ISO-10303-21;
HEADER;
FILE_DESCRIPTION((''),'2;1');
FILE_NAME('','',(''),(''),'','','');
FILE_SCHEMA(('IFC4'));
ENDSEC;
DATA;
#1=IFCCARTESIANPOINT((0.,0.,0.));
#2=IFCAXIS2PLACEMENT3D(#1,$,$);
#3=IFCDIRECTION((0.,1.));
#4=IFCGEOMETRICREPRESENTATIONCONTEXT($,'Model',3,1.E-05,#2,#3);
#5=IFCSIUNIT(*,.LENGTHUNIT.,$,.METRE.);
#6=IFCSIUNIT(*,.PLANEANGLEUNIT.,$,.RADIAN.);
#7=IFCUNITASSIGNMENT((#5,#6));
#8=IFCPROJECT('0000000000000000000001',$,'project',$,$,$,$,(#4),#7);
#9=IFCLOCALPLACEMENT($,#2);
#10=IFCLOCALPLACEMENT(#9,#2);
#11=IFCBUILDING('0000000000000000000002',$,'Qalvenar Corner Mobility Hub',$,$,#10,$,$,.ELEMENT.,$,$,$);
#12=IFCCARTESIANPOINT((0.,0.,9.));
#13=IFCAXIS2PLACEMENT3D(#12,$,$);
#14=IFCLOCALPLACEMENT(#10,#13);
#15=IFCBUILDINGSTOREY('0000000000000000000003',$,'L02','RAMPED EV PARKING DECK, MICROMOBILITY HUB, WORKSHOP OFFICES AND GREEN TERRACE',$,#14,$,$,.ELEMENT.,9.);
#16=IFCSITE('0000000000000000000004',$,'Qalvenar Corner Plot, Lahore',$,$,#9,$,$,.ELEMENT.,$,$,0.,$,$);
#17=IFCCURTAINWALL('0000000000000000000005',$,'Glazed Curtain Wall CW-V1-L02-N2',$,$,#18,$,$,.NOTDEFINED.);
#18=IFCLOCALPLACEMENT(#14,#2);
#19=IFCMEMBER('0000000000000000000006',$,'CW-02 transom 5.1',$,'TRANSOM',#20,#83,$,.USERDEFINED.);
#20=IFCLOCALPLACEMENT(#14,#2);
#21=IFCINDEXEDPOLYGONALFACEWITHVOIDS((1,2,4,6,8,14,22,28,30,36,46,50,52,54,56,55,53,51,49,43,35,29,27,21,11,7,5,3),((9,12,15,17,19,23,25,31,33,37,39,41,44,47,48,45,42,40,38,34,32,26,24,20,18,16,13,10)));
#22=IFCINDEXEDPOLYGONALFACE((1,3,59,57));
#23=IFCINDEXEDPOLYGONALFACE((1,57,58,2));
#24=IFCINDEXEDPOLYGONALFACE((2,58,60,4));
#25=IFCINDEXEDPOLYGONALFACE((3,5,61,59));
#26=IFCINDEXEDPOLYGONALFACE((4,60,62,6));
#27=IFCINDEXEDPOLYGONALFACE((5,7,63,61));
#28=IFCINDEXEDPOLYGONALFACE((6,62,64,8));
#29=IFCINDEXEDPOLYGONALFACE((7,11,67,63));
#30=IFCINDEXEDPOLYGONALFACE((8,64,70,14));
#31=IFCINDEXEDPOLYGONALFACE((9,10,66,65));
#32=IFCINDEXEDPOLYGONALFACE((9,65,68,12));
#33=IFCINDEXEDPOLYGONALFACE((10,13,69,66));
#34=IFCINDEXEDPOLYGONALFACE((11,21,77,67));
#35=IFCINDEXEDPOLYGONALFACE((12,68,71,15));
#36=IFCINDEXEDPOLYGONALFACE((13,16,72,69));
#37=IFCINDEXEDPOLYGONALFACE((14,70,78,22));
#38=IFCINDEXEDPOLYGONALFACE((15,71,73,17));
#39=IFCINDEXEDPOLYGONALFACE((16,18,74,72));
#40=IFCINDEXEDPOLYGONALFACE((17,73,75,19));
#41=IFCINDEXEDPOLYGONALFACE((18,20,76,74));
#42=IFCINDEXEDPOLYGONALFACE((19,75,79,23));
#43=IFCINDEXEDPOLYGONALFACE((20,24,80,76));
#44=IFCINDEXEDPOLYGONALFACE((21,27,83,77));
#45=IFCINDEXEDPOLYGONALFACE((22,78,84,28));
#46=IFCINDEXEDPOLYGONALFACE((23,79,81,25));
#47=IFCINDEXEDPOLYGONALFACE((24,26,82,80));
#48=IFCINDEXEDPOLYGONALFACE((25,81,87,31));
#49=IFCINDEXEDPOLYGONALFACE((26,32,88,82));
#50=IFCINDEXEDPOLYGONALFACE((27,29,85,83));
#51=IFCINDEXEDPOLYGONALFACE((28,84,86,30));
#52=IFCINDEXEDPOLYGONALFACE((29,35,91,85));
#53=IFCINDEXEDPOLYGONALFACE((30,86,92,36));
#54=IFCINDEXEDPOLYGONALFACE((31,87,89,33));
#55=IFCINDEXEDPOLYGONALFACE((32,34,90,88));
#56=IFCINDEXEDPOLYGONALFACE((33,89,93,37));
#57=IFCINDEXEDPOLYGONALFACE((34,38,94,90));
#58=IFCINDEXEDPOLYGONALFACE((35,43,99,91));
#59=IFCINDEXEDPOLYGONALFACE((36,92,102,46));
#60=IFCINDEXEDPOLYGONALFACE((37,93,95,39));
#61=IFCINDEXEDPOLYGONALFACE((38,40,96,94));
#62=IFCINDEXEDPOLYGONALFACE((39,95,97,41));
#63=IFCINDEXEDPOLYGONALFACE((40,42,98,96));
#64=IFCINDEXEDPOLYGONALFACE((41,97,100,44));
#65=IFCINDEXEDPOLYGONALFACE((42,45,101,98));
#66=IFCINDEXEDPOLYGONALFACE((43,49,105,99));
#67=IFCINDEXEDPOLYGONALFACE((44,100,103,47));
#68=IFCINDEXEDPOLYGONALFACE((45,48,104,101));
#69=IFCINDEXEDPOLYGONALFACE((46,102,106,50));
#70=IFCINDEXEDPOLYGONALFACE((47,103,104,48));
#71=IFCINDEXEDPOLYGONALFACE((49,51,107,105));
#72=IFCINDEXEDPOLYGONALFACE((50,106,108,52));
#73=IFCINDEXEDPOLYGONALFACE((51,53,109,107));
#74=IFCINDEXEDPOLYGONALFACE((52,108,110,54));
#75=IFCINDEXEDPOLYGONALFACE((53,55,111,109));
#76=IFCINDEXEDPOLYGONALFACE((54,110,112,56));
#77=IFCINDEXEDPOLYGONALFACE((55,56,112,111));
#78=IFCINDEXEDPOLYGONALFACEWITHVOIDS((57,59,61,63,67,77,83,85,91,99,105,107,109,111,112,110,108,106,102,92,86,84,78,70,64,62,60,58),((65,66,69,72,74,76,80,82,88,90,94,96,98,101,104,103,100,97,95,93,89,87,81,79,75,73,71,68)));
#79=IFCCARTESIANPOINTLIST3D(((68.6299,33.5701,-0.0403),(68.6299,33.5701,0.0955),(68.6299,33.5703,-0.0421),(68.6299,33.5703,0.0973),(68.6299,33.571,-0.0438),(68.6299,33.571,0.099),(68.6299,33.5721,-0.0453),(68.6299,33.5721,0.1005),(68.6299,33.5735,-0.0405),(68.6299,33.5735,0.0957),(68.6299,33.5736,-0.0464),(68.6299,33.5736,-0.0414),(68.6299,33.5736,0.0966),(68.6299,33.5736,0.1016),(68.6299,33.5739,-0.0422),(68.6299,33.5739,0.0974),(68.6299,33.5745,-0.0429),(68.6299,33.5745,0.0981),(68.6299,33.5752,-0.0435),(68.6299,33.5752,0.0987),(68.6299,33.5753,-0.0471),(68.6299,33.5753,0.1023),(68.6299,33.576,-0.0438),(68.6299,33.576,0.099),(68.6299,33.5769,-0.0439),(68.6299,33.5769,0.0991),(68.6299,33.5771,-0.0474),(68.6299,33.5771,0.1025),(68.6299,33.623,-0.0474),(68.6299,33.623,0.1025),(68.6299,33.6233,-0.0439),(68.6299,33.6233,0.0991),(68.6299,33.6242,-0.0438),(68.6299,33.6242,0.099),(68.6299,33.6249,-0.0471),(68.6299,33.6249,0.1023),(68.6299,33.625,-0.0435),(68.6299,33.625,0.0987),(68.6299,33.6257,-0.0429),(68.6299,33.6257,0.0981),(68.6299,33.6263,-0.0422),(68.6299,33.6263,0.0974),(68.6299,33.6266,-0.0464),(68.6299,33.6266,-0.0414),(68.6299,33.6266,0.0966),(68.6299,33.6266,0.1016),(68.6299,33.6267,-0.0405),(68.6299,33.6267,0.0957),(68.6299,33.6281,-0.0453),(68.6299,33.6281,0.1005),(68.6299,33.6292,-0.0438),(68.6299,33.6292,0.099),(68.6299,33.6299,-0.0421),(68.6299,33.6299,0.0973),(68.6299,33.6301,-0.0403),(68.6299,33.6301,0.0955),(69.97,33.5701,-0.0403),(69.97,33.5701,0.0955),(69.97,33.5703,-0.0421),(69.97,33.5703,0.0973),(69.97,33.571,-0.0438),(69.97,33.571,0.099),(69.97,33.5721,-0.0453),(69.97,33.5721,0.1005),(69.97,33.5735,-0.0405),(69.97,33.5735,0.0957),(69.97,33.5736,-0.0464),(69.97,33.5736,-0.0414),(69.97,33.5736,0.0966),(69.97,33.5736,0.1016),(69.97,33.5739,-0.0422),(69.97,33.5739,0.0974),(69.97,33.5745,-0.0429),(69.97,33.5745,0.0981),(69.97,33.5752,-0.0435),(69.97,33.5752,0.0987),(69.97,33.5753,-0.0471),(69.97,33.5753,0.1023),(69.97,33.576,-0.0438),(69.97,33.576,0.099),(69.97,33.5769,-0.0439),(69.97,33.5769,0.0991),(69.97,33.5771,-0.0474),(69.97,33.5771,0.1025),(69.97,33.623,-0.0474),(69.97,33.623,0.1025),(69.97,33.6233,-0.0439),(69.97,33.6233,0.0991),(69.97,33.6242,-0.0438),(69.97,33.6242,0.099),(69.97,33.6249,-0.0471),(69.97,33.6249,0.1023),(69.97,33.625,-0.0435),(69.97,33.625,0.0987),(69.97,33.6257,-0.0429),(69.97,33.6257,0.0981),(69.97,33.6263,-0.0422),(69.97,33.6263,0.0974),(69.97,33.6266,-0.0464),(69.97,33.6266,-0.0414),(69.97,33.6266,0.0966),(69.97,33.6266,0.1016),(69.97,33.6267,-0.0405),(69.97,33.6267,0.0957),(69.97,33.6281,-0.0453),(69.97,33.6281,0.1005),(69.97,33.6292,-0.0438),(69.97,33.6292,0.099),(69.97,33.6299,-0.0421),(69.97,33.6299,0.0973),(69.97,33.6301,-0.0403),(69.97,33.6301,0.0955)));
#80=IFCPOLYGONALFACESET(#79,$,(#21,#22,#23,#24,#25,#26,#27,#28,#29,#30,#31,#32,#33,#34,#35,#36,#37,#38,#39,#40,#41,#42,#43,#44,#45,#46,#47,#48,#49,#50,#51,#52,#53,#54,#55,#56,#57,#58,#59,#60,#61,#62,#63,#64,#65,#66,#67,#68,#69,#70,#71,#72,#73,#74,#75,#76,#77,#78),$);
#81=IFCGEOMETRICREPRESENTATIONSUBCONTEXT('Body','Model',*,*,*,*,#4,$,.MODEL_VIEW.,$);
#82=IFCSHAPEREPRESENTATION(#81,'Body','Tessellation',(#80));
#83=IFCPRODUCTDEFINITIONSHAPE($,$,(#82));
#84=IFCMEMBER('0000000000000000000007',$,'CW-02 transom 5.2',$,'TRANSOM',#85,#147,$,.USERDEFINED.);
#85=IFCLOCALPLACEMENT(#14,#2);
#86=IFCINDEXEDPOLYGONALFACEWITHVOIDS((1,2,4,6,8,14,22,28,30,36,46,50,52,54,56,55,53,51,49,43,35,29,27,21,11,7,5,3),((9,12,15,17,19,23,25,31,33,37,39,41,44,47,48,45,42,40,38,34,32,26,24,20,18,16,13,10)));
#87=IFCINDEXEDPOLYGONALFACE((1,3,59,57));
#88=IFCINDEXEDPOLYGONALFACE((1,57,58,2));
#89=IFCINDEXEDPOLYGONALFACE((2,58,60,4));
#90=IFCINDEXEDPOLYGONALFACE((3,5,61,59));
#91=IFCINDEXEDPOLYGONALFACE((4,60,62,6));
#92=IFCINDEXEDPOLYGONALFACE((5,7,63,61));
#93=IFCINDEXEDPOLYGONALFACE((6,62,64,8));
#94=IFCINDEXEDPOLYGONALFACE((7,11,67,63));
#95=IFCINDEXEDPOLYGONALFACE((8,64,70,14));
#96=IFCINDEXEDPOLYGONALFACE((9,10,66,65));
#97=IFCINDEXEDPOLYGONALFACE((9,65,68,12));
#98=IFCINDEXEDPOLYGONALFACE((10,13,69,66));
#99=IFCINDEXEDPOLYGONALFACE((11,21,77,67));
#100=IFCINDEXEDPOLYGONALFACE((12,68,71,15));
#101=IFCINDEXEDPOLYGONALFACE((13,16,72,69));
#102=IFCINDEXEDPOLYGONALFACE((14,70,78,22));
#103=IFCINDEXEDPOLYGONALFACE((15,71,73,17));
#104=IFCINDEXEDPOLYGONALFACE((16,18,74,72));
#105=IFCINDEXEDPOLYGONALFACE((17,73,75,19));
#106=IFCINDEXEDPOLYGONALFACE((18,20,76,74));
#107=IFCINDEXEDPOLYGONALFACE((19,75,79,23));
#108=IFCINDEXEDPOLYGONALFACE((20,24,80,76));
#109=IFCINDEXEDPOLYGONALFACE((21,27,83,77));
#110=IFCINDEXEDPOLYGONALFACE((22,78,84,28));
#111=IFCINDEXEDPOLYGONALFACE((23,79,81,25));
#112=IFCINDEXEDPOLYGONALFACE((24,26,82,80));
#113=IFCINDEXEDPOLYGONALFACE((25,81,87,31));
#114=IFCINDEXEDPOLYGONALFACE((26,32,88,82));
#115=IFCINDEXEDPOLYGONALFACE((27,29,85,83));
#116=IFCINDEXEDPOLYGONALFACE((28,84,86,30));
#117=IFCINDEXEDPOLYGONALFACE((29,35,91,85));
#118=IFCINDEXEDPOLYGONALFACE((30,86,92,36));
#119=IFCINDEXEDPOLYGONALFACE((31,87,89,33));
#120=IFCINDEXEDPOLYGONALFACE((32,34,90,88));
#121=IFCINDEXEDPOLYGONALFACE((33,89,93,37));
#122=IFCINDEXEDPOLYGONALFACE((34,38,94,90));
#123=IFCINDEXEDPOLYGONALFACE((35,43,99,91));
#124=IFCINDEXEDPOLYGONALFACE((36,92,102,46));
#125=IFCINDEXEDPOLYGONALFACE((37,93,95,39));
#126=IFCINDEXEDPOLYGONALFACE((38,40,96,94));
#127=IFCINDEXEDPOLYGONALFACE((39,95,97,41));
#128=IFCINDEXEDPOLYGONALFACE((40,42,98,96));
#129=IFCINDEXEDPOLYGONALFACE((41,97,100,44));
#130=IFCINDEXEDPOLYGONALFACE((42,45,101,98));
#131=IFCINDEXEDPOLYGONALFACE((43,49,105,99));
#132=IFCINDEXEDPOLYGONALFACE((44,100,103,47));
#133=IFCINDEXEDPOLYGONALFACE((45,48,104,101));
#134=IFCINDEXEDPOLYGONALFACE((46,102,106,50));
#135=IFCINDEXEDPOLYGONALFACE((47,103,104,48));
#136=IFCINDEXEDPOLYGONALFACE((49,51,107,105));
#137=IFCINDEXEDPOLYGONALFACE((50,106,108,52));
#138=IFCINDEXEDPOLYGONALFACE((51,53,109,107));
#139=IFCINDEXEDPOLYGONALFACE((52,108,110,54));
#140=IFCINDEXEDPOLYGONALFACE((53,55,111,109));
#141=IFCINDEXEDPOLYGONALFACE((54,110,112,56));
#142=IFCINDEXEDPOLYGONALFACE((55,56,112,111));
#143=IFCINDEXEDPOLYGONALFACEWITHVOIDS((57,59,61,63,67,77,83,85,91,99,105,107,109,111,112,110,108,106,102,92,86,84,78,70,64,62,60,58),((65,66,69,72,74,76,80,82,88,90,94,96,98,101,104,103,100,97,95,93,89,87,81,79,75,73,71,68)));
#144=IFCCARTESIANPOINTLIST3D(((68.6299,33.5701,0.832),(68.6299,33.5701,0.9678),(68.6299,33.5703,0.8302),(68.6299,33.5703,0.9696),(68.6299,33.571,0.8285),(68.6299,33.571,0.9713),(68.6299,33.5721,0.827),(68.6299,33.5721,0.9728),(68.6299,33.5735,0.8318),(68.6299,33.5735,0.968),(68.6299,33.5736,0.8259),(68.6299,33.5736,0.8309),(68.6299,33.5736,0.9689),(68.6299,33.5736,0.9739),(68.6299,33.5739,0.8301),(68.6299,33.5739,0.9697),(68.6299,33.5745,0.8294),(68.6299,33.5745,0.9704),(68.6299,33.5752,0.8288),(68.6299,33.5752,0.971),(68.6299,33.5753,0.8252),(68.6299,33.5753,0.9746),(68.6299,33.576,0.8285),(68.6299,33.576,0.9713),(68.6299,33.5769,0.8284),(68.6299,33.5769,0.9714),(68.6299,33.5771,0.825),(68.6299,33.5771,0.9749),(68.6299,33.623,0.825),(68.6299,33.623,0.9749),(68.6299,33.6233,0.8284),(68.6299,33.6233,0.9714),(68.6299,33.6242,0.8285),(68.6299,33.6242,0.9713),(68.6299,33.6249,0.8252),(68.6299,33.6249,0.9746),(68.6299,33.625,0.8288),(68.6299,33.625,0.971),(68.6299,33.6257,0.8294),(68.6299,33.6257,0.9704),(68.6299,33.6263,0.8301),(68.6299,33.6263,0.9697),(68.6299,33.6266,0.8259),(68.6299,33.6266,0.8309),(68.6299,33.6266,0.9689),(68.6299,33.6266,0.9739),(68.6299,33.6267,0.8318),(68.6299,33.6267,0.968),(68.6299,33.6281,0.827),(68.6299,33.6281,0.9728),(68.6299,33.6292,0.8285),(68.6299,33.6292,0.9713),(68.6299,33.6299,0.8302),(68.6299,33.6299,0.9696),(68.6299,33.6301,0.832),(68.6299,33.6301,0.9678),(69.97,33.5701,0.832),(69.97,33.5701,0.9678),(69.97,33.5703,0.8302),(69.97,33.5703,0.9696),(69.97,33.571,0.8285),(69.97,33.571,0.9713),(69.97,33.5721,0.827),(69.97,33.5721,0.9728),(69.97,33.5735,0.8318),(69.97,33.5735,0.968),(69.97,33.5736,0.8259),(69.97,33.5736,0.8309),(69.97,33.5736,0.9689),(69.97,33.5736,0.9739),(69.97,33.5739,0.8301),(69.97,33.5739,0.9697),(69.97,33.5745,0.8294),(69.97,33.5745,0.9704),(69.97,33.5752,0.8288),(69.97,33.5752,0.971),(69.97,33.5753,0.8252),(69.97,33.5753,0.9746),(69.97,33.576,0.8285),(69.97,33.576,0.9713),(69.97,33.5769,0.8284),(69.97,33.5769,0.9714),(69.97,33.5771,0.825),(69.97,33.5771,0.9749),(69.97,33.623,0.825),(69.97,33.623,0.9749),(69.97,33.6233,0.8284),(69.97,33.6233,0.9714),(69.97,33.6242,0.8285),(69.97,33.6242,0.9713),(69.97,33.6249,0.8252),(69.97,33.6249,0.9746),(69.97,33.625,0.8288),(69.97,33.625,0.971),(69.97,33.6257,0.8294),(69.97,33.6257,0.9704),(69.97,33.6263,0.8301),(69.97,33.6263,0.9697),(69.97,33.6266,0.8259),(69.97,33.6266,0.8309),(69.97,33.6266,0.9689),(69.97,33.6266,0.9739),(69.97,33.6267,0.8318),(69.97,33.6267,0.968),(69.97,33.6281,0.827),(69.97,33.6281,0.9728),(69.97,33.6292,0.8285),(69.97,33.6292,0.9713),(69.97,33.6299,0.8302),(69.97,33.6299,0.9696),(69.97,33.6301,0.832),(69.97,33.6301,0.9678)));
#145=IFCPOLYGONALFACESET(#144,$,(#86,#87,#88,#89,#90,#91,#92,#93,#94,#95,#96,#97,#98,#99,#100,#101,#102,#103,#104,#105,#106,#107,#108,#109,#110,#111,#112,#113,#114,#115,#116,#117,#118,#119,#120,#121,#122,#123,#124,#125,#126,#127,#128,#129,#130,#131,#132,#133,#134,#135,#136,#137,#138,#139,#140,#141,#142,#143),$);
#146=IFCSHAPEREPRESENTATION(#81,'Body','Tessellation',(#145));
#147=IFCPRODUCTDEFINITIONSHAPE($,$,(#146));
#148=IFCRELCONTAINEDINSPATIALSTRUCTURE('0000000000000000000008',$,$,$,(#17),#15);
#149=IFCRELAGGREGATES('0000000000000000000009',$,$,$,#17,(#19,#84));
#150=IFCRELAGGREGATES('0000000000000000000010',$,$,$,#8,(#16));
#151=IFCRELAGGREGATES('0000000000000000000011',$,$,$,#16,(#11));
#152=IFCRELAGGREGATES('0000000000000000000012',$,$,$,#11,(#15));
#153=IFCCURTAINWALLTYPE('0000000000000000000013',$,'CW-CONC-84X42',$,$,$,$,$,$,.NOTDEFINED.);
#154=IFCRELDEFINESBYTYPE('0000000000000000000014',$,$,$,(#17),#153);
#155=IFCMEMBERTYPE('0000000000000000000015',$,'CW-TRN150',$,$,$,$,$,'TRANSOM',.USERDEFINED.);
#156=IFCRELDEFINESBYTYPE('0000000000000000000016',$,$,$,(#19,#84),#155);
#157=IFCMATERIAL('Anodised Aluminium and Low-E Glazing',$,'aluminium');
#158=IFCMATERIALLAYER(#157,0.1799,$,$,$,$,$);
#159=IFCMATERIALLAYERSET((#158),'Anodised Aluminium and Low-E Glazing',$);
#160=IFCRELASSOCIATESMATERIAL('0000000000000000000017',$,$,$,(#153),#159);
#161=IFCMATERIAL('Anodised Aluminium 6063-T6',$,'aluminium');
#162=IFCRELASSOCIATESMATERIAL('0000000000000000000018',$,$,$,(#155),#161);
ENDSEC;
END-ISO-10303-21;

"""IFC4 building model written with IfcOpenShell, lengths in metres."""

from ifc_helpers import new_model, si_unit, direction, frame, origin, origin_2d, place, context, subcontext, project, spatial, hollow_rectangle, extrude, material, layer, layer_set, material_profile, profile_set, type_object, element, aggregate, save


model = new_model("IFC4")

# Units and contexts
model_context = context("Model", 3, precision=1e-05, world=origin(), true_north=direction((0.0, 1.0)))
body_context = subcontext(model_context, "Body", "Model", "MODEL_VIEW")
ifc_project = project(units=[si_unit("LENGTHUNIT", "METRE"), si_unit("PLANEANGLEUNIT", "RADIAN")], contexts=[model_context])

# Site, building, storey
site_placement = place(None, origin())
site = spatial("IfcSite", under=ifc_project, at=site_placement, Name="Qalvenar Corner Plot, Lahore", CompositionType="ELEMENT", RefElevation=0.0)
building_placement = place(site_placement, origin())
building = spatial("IfcBuilding", under=site, at=building_placement, Name="Qalvenar Corner Mobility Hub", CompositionType="ELEMENT")
storey_placement = place(building_placement, frame((0.0, 0.0, 9.0)))
storey = spatial("IfcBuildingStorey", under=building, at=storey_placement, Name="L02", Description="RAMPED EV PARKING DECK, MICROMOBILITY HUB, WORKSHOP OFFICES AND GREEN TERRACE", CompositionType="ELEMENT", Elevation=9.0)

# Shared definitions
ifc_material_1 = material(Name="Anodised Aluminium and Low-E Glazing", Category="aluminium")
ifc_layer_1 = layer(ifc_material_1, 0.1799)
ifc_layer_set_1 = layer_set([ifc_layer_1], Name="Anodised Aluminium and Low-E Glazing")
curtain_wall_type = type_object("IfcCurtainWallType", Name="CW-CONC-84X42", PredefinedType="NOTDEFINED", material=ifc_layer_set_1)
ifc_material_2 = material(Name="Anodised Aluminium 6063-T6", Category="aluminium")

# Curtain wall
curtain_wall_1_placement = place(storey_placement, origin())
curtain_wall_1 = element("IfcCurtainWall", 1, at=curtain_wall_1_placement, inside=storey, type_object=curtain_wall_type, Name="Glazed Curtain Wall CW-V1-L02-N2", PredefinedType="NOTDEFINED")

# Members
ifc_material_profile_1 = material_profile(ifc_material_2, hollow_rectangle(XDim=0.0601, YDim=0.1499, WallThickness=0.0034, InnerFilletRadius=0.0034, OuterFilletRadius=0.0071, at=origin_2d()), Name="RHS150x60x3.5")
ifc_profile_set_1 = profile_set([ifc_material_profile_1], Name="Anodised Aluminium 6063-T6")
member_type_1 = type_object("IfcMemberType", Name="CW-TRN150", ElementType="TRANSOM", PredefinedType="USERDEFINED", material=ifc_profile_set_1)
member_1_placement = place(storey_placement, frame((69.97, 33.6001, 0.0276), z_axis=(-1.0, 0.0, 0.0), x_axis=(0.0, -1.0, 0.0)))
member_1 = element("IfcMember", 2, at=member_1_placement, type_object=member_type_1, Name="CW-02 transom 5.1", ObjectType="TRANSOM", PredefinedType="USERDEFINED", context=body_context, shape_type="SweptSolid", body=[
    extrude(hollow_rectangle(XDim=0.0601, YDim=0.1499, WallThickness=0.0034, InnerFilletRadius=0.0034, OuterFilletRadius=0.0071, at=origin_2d()), origin(), (0.0, 0.0, 1.0), 1.3401),
])
member_2_placement = place(storey_placement, frame((69.97, 33.6001, 0.8999), z_axis=(-1.0, 0.0, 0.0), x_axis=(0.0, -1.0, 0.0)))
member_2 = element("IfcMember", 3, at=member_2_placement, type_object=member_type_1, Name="CW-02 transom 5.2", ObjectType="TRANSOM", PredefinedType="USERDEFINED", context=body_context, shape_type="SweptSolid", body=[
    extrude(hollow_rectangle(XDim=0.0601, YDim=0.1499, WallThickness=0.0034, InnerFilletRadius=0.0034, OuterFilletRadius=0.0071, at=origin_2d()), origin(), (0.0, 0.0, 1.0), 1.3401),
])

aggregate(curtain_wall_1, [member_1, member_2])

save(model, "model.ifc")
